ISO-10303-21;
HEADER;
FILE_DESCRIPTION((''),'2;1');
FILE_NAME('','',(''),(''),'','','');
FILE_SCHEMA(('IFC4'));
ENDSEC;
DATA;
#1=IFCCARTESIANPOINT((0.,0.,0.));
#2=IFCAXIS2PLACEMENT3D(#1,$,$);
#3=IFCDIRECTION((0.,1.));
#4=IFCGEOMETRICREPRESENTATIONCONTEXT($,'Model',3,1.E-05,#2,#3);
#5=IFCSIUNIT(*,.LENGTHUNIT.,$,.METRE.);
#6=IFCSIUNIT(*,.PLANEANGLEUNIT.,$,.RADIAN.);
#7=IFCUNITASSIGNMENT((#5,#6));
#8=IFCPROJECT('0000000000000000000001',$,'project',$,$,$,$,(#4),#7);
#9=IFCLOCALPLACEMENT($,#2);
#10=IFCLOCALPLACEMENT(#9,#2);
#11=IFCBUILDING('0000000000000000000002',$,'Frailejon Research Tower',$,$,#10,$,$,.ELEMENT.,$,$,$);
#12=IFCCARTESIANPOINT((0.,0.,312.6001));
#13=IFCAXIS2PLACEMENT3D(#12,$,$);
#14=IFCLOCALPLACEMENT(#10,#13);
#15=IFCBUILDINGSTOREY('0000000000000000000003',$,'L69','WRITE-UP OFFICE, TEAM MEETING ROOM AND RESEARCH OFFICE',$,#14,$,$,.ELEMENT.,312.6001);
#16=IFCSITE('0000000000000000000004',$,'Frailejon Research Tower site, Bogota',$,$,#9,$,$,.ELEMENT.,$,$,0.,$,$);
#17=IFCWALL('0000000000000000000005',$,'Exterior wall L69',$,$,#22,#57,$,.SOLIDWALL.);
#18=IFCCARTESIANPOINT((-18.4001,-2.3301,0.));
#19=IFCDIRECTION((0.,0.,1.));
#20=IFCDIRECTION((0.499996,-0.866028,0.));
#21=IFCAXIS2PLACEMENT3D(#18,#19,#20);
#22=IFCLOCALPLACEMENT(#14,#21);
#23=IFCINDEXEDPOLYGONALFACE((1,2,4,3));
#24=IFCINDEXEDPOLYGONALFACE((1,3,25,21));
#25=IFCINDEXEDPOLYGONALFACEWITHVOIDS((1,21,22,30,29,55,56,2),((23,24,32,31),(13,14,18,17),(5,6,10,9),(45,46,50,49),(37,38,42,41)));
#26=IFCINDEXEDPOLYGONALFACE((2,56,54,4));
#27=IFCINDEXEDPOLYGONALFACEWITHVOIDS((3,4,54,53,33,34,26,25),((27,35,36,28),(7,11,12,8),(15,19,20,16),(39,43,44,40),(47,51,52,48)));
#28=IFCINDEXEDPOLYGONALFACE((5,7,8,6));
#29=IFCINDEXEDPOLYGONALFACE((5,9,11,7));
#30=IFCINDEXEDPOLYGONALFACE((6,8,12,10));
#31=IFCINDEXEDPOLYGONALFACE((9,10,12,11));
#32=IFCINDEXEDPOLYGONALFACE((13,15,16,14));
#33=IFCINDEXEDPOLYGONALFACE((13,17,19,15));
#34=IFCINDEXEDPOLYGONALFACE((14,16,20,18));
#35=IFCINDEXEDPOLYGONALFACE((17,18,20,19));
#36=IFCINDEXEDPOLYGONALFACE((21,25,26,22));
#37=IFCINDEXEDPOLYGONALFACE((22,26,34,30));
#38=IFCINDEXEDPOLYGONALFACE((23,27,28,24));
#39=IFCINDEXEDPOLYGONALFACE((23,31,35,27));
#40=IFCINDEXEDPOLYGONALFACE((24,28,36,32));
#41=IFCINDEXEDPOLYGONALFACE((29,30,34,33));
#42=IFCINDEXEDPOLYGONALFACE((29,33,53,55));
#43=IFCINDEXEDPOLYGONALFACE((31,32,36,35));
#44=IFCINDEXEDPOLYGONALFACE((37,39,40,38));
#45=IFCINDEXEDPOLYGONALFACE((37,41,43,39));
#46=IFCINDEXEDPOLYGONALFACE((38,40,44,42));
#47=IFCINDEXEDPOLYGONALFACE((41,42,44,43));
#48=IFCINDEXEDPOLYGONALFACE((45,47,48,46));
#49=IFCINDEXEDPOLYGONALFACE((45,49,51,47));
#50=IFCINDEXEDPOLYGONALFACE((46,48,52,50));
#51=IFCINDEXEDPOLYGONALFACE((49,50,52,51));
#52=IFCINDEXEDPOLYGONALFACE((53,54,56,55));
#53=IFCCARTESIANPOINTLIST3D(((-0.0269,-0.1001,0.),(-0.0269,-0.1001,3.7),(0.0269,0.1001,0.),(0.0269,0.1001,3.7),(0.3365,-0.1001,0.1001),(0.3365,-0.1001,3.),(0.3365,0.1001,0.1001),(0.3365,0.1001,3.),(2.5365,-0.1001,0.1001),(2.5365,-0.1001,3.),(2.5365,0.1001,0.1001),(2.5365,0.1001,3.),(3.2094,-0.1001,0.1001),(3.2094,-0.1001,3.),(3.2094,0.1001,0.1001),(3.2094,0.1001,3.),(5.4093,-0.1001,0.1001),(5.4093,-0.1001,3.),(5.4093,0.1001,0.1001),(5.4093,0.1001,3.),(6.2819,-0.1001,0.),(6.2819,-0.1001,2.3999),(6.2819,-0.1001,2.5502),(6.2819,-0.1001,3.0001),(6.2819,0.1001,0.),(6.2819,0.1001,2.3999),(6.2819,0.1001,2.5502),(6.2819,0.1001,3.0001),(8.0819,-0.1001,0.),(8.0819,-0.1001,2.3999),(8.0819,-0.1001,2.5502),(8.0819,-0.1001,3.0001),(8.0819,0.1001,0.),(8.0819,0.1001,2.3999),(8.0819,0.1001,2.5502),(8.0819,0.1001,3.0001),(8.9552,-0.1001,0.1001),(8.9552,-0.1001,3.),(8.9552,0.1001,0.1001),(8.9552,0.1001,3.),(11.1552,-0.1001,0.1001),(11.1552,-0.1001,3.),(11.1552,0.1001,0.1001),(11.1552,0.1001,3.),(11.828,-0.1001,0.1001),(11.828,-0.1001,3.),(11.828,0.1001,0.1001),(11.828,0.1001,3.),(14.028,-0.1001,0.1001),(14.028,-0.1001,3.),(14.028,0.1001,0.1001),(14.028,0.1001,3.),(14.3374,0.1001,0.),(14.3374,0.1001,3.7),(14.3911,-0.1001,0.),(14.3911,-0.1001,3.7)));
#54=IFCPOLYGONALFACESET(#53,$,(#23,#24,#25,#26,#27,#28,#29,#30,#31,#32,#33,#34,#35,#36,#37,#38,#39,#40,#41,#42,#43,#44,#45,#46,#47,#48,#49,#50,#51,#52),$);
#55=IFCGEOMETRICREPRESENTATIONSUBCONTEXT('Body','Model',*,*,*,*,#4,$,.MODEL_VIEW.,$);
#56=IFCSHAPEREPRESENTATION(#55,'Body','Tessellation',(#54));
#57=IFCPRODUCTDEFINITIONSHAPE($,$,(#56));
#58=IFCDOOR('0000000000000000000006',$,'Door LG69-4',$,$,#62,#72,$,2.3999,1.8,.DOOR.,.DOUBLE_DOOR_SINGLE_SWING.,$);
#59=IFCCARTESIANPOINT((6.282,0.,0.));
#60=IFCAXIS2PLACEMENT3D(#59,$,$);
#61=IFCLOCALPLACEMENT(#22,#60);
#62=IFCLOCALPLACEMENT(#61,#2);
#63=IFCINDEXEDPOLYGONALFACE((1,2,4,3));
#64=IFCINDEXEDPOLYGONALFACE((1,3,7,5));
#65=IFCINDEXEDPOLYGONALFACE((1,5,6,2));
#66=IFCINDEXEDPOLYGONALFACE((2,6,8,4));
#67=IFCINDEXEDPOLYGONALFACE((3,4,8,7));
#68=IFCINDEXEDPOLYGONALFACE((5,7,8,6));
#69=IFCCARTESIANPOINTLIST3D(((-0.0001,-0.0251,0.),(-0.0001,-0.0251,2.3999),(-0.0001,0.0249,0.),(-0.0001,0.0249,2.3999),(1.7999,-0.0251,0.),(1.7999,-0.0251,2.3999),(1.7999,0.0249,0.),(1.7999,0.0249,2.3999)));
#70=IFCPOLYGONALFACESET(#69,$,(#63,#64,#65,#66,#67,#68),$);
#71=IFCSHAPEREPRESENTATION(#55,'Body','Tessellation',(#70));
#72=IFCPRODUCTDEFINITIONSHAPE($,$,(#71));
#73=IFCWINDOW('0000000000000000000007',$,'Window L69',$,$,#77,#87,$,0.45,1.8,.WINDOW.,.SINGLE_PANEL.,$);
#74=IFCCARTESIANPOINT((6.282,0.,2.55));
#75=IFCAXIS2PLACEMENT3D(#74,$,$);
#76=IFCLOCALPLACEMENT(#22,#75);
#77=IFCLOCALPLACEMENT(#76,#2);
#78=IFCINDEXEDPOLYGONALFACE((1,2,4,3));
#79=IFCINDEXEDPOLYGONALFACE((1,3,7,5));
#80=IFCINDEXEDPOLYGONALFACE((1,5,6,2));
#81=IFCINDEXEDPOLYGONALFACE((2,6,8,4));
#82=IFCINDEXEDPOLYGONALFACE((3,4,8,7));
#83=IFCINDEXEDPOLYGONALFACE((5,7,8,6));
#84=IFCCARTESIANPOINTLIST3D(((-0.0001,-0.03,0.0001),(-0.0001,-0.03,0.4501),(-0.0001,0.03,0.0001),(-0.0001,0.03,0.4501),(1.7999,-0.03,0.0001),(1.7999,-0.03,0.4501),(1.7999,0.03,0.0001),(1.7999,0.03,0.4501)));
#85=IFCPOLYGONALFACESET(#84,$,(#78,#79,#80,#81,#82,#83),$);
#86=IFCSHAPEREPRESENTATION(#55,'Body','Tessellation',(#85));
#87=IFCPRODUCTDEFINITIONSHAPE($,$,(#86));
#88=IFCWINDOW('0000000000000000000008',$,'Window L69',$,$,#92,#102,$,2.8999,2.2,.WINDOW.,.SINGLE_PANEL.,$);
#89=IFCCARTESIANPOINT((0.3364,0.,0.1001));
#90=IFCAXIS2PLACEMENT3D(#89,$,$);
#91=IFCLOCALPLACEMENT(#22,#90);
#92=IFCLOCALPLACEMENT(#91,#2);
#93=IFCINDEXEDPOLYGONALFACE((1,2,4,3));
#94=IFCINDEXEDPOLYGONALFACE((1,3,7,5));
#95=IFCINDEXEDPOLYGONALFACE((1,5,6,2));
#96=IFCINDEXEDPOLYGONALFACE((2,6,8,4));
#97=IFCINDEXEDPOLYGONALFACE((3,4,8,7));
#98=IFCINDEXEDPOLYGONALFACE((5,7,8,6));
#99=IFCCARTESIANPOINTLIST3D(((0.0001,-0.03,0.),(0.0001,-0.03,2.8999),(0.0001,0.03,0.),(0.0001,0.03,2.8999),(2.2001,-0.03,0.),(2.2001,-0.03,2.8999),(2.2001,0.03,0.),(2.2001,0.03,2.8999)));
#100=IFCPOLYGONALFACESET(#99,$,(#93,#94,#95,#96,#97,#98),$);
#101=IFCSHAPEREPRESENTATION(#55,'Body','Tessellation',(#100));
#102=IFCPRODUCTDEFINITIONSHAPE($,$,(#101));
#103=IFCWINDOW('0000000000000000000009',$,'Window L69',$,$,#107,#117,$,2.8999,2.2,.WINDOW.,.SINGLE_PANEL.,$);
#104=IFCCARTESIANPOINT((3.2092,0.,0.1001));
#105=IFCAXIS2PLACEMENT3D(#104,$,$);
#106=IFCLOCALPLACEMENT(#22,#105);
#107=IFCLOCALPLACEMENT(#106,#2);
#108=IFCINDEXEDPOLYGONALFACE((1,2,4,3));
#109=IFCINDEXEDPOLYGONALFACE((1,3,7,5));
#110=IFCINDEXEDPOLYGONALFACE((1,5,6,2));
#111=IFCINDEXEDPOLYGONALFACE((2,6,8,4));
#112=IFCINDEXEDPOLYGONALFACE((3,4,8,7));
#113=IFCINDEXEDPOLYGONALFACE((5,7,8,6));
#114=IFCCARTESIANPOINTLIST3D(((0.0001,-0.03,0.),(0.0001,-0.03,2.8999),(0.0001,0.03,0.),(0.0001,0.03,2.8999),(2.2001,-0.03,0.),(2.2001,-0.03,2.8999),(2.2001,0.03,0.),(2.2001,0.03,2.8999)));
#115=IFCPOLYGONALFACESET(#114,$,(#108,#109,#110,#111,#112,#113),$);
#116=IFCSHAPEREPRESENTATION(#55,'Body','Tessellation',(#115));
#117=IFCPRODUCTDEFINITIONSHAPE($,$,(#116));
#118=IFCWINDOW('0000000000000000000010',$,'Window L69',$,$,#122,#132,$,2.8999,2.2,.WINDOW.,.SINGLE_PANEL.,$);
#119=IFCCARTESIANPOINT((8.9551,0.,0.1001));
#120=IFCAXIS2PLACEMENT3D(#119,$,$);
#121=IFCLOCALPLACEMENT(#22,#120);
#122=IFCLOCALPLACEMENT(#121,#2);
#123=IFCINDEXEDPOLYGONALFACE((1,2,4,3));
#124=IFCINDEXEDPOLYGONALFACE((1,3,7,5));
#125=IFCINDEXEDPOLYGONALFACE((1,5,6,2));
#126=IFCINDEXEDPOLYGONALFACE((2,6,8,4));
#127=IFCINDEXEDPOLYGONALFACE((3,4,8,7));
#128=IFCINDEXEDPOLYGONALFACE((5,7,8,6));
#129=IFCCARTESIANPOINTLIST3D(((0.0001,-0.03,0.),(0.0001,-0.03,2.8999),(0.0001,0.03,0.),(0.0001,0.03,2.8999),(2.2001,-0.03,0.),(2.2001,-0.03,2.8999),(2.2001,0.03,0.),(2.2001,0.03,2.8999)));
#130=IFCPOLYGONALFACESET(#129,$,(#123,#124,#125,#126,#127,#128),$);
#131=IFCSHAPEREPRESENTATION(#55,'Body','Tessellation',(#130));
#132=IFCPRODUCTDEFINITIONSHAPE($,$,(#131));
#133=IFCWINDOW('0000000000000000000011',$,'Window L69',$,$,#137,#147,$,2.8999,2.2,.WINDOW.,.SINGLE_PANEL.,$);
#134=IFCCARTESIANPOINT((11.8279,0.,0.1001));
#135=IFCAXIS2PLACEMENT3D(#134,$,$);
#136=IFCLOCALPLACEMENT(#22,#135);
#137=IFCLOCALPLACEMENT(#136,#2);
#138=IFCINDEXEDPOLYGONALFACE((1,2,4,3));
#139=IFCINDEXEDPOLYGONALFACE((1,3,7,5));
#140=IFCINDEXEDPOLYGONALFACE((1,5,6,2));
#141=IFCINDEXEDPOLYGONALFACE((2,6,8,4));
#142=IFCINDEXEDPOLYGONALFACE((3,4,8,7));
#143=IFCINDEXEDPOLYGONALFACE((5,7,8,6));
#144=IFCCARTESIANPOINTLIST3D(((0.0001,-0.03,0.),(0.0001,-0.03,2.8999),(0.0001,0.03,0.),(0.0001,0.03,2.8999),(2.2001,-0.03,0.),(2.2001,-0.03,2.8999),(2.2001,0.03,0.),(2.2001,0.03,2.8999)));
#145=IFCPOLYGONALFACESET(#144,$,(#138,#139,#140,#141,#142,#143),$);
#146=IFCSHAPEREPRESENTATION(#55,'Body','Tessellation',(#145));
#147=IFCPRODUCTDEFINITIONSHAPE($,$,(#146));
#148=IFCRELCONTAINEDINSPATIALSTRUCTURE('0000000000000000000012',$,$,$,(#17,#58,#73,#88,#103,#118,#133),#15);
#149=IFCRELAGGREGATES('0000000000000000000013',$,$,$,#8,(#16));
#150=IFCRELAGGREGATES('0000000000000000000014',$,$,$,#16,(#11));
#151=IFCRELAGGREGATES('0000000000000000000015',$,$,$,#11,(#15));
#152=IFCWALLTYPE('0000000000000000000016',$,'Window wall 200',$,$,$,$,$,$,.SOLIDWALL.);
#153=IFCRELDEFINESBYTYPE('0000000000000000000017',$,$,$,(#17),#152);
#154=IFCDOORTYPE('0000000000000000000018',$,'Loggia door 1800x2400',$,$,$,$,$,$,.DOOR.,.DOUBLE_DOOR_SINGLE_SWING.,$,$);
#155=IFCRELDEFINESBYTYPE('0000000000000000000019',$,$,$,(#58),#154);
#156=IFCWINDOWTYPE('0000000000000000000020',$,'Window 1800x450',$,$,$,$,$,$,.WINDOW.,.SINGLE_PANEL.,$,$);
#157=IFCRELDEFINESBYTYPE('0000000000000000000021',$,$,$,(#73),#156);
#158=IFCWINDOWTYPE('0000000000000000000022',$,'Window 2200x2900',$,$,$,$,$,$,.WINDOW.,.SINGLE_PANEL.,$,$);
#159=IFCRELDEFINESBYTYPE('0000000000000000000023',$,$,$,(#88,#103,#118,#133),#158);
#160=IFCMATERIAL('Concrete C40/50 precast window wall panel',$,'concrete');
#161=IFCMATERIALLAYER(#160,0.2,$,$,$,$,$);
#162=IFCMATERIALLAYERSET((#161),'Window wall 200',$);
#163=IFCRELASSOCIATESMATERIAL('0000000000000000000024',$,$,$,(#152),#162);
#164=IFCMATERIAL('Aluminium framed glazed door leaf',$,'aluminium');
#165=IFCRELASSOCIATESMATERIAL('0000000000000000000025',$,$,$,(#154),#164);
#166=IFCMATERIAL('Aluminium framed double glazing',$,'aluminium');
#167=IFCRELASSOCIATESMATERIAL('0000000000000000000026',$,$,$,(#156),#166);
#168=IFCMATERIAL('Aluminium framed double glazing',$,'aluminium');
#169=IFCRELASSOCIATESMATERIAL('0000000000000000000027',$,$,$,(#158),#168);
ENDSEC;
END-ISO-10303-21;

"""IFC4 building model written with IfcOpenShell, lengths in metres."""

from ifc_helpers import new_model, si_unit, direction, frame, frame_2d, origin, place, context, subcontext, project, spatial, polyline, rectangle, outline, extrude, material, layer, layer_set, type_object, element, fill, save


model = new_model("IFC4")

# Units and contexts
model_context = context("Model", 3, precision=1e-05, world=origin(), true_north=direction((0.0, 1.0)))
body_context = subcontext(model_context, "Body", "Model", "MODEL_VIEW")
ifc_project = project(units=[si_unit("LENGTHUNIT", "METRE"), si_unit("PLANEANGLEUNIT", "RADIAN")], contexts=[model_context])

# Site, building, storey
site_placement = place(None, origin())
site = spatial("IfcSite", under=ifc_project, at=site_placement, Name="Frailejon Research Tower site, Bogota", CompositionType="ELEMENT", RefElevation=0.0)
building_placement = place(site_placement, origin())
building = spatial("IfcBuilding", under=site, at=building_placement, Name="Frailejon Research Tower", CompositionType="ELEMENT")
storey_placement = place(building_placement, frame((0.0, 0.0, 312.6001)))
storey = spatial("IfcBuildingStorey", under=building, at=storey_placement, Name="L69", Description="WRITE-UP OFFICE, TEAM MEETING ROOM AND RESEARCH OFFICE", CompositionType="ELEMENT", Elevation=312.6001)

# Wall, openings, door, windows
ifc_material_1 = material(Name="Concrete C40/50 precast window wall panel", Category="concrete")
ifc_layer_1 = layer(ifc_material_1, 0.2)
ifc_layer_set_1 = layer_set([ifc_layer_1], Name="Window wall 200")
wall_type_1 = type_object("IfcWallType", Name="Window wall 200", PredefinedType="SOLIDWALL", material=ifc_layer_set_1)
wall_1_placement = place(storey_placement, frame((-18.4001, -2.3301, 0.0), z_axis=(0.0, 0.0, 1.0), x_axis=(0.499996, -0.866028, 0.0)))
wall_1 = element("IfcWall", 1, at=wall_1_placement, inside=storey, type_object=wall_type_1, Name="Exterior wall L69", PredefinedType="SOLIDWALL", context=body_context, shape_type="SweptSolid", body=[
    extrude(outline(polyline([(-0.0269, -0.1001), (1.0029, -0.1001), (2.033, -0.1001), (3.0627, -0.1001), (4.0925, -0.1001), (5.1223, -0.1001), (6.1523, -0.1001), (7.1821, -0.1001), (8.2119, -0.1001), (9.2419, -0.1001), (10.2717, -0.1001), (11.3015, -0.1001), (12.3313, -0.1001), (13.3613, -0.1001), (14.3911, -0.1001), (14.3374, 0.1001), (13.3152, 0.1001), (12.293, 0.1001), (11.2708, 0.1001), (10.2488, 0.1001), (9.2266, 0.1001), (8.2043, 0.1001), (7.1821, 0.1001), (6.1599, 0.1001), (5.1377, 0.1001), (4.1155, 0.1001), (3.0935, 0.1001), (2.0713, 0.1001), (1.0491, 0.1001), (0.0269, 0.1001), (-0.0269, -0.1001)])), origin(), (0.0, 0.0, 1.0), 3.7),
])
opening_1_placement = place(wall_1_placement, frame((0.3364, 0.0, 0.1001)))
opening_1 = element("IfcOpeningElement", 2, at=opening_1_placement, cuts=wall_1, PredefinedType="OPENING", context=body_context, shape_type="SweptSolid", body=[
    extrude(rectangle(XDim=2.2, YDim=2.8999, at=frame_2d((1.1001, 1.45))), frame((0.0, 0.1099, 0.0), z_axis=(0.0, -1.0, 0.0), x_axis=(1.0, 0.0, 0.0)), (0.0, 0.0, 1.0), 0.22),
])
opening_2_placement = place(wall_1_placement, frame((3.2092, 0.0, 0.1001)))
opening_2 = element("IfcOpeningElement", 3, at=opening_2_placement, cuts=wall_1, PredefinedType="OPENING", context=body_context, shape_type="SweptSolid", body=[
    extrude(rectangle(XDim=2.2, YDim=2.8999, at=frame_2d((1.1001, 1.45))), frame((0.0, 0.1099, 0.0), z_axis=(0.0, -1.0, 0.0), x_axis=(1.0, 0.0, 0.0)), (0.0, 0.0, 1.0), 0.22),
])
opening_3_placement = place(wall_1_placement, frame((6.282, 0.0, 0.0)))
opening_3 = element("IfcOpeningElement", 4, at=opening_3_placement, cuts=wall_1, PredefinedType="OPENING", context=body_context, shape_type="SweptSolid", body=[
    extrude(rectangle(XDim=1.8, YDim=2.3999, at=frame_2d((0.8999, 1.2))), frame((0.0, 0.1099, 0.0), z_axis=(0.0, -1.0, 0.0), x_axis=(1.0, 0.0, 0.0)), (0.0, 0.0, 1.0), 0.22),
])
opening_4_placement = place(wall_1_placement, frame((6.282, 0.0, 2.55)))
opening_4 = element("IfcOpeningElement", 5, at=opening_4_placement, cuts=wall_1, PredefinedType="OPENING", context=body_context, shape_type="SweptSolid", body=[
    extrude(rectangle(XDim=1.8, YDim=0.45, at=frame_2d((0.8999, 0.2251))), frame((0.0, 0.1099, 0.0), z_axis=(0.0, -1.0, 0.0), x_axis=(1.0, 0.0, 0.0)), (0.0, 0.0, 1.0), 0.22),
])
opening_5_placement = place(wall_1_placement, frame((8.9551, 0.0, 0.1001)))
opening_5 = element("IfcOpeningElement", 6, at=opening_5_placement, cuts=wall_1, PredefinedType="OPENING", context=body_context, shape_type="SweptSolid", body=[
    extrude(rectangle(XDim=2.2, YDim=2.8999, at=frame_2d((1.1001, 1.45))), frame((0.0, 0.1099, 0.0), z_axis=(0.0, -1.0, 0.0), x_axis=(1.0, 0.0, 0.0)), (0.0, 0.0, 1.0), 0.22),
])
opening_6_placement = place(wall_1_placement, frame((11.8279, 0.0, 0.1001)))
opening_6 = element("IfcOpeningElement", 7, at=opening_6_placement, cuts=wall_1, PredefinedType="OPENING", context=body_context, shape_type="SweptSolid", body=[
    extrude(rectangle(XDim=2.2, YDim=2.8999, at=frame_2d((1.1001, 1.45))), frame((0.0, 0.1099, 0.0), z_axis=(0.0, -1.0, 0.0), x_axis=(1.0, 0.0, 0.0)), (0.0, 0.0, 1.0), 0.22),
])
ifc_material_2 = material(Name="Aluminium framed glazed door leaf", Category="aluminium")
door_type = type_object("IfcDoorType", Name="Loggia door 1800x2400", OperationType="DOUBLE_DOOR_SINGLE_SWING", PredefinedType="DOOR", material=ifc_material_2)
door_placement = place(opening_3_placement, origin())
door = element("IfcDoor", 8, at=door_placement, inside=storey, type_object=door_type, Name="Door LG69-4", OperationType="DOUBLE_DOOR_SINGLE_SWING", OverallHeight=2.3999, OverallWidth=1.8, PredefinedType="DOOR", context=body_context, shape_type="SweptSolid", body=[
    extrude(rectangle(XDim=1.8, YDim=2.3999, at=frame_2d((0.8999, 1.2))), frame((0.0, 0.0249, 0.0), z_axis=(0.0, -1.0, 0.0), x_axis=(1.0, 0.0, 0.0)), (0.0, 0.0, 1.0), 0.05),
])
fill(opening_3, door)
ifc_material_3 = material(Name="Aluminium framed double glazing", Category="aluminium")
window_type_1 = type_object("IfcWindowType", Name="Window 1800x450", PartitioningType="SINGLE_PANEL", PredefinedType="WINDOW", material=ifc_material_3)
window_1_placement = place(opening_4_placement, origin())
window_1 = element("IfcWindow", 9, at=window_1_placement, inside=storey, type_object=window_type_1, Name="Window L69", OverallHeight=0.45, OverallWidth=1.8, PartitioningType="SINGLE_PANEL", PredefinedType="WINDOW", context=body_context, shape_type="SweptSolid", body=[
    extrude(rectangle(XDim=1.8, YDim=0.45, at=frame_2d((0.8999, 0.2251))), frame((0.0, 0.03, 0.0), z_axis=(0.0, -1.0, 0.0), x_axis=(1.0, 0.0, 0.0)), (0.0, 0.0, 1.0), 0.0601),
])
fill(opening_4, window_1)
ifc_material_4 = material(Name="Aluminium framed double glazing", Category="aluminium")
window_type_2 = type_object("IfcWindowType", Name="Window 2200x2900", PartitioningType="SINGLE_PANEL", PredefinedType="WINDOW", material=ifc_material_4)
window_2_placement = place(opening_1_placement, origin())
window_2 = element("IfcWindow", 10, at=window_2_placement, inside=storey, type_object=window_type_2, Name="Window L69", OverallHeight=2.8999, OverallWidth=2.2, PartitioningType="SINGLE_PANEL", PredefinedType="WINDOW", context=body_context, shape_type="SweptSolid", body=[
    extrude(rectangle(XDim=2.2, YDim=2.8999, at=frame_2d((1.1001, 1.45))), frame((0.0, 0.03, 0.0), z_axis=(0.0, -1.0, 0.0), x_axis=(1.0, 0.0, 0.0)), (0.0, 0.0, 1.0), 0.0601),
])
fill(opening_1, window_2)
window_3_placement = place(opening_2_placement, origin())
window_3 = element("IfcWindow", 11, at=window_3_placement, inside=storey, type_object=window_type_2, Name="Window L69", OverallHeight=2.8999, OverallWidth=2.2, PartitioningType="SINGLE_PANEL", PredefinedType="WINDOW", context=body_context, shape_type="SweptSolid", body=[
    extrude(rectangle(XDim=2.2, YDim=2.8999, at=frame_2d((1.1001, 1.45))), frame((0.0, 0.03, 0.0), z_axis=(0.0, -1.0, 0.0), x_axis=(1.0, 0.0, 0.0)), (0.0, 0.0, 1.0), 0.0601),
])
fill(opening_2, window_3)
window_4_placement = place(opening_5_placement, origin())
window_4 = element("IfcWindow", 12, at=window_4_placement, inside=storey, type_object=window_type_2, Name="Window L69", OverallHeight=2.8999, OverallWidth=2.2, PartitioningType="SINGLE_PANEL", PredefinedType="WINDOW", context=body_context, shape_type="SweptSolid", body=[
    extrude(rectangle(XDim=2.2, YDim=2.8999, at=frame_2d((1.1001, 1.45))), frame((0.0, 0.03, 0.0), z_axis=(0.0, -1.0, 0.0), x_axis=(1.0, 0.0, 0.0)), (0.0, 0.0, 1.0), 0.0601),
])
fill(opening_5, window_4)
window_5_placement = place(opening_6_placement, origin())
window_5 = element("IfcWindow", 13, at=window_5_placement, inside=storey, type_object=window_type_2, Name="Window L69", OverallHeight=2.8999, OverallWidth=2.2, PartitioningType="SINGLE_PANEL", PredefinedType="WINDOW", context=body_context, shape_type="SweptSolid", body=[
    extrude(rectangle(XDim=2.2, YDim=2.8999, at=frame_2d((1.1001, 1.45))), frame((0.0, 0.03, 0.0), z_axis=(0.0, -1.0, 0.0), x_axis=(1.0, 0.0, 0.0)), (0.0, 0.0, 1.0), 0.0601),
])
fill(opening_6, window_5)

save(model, "model.ifc")
